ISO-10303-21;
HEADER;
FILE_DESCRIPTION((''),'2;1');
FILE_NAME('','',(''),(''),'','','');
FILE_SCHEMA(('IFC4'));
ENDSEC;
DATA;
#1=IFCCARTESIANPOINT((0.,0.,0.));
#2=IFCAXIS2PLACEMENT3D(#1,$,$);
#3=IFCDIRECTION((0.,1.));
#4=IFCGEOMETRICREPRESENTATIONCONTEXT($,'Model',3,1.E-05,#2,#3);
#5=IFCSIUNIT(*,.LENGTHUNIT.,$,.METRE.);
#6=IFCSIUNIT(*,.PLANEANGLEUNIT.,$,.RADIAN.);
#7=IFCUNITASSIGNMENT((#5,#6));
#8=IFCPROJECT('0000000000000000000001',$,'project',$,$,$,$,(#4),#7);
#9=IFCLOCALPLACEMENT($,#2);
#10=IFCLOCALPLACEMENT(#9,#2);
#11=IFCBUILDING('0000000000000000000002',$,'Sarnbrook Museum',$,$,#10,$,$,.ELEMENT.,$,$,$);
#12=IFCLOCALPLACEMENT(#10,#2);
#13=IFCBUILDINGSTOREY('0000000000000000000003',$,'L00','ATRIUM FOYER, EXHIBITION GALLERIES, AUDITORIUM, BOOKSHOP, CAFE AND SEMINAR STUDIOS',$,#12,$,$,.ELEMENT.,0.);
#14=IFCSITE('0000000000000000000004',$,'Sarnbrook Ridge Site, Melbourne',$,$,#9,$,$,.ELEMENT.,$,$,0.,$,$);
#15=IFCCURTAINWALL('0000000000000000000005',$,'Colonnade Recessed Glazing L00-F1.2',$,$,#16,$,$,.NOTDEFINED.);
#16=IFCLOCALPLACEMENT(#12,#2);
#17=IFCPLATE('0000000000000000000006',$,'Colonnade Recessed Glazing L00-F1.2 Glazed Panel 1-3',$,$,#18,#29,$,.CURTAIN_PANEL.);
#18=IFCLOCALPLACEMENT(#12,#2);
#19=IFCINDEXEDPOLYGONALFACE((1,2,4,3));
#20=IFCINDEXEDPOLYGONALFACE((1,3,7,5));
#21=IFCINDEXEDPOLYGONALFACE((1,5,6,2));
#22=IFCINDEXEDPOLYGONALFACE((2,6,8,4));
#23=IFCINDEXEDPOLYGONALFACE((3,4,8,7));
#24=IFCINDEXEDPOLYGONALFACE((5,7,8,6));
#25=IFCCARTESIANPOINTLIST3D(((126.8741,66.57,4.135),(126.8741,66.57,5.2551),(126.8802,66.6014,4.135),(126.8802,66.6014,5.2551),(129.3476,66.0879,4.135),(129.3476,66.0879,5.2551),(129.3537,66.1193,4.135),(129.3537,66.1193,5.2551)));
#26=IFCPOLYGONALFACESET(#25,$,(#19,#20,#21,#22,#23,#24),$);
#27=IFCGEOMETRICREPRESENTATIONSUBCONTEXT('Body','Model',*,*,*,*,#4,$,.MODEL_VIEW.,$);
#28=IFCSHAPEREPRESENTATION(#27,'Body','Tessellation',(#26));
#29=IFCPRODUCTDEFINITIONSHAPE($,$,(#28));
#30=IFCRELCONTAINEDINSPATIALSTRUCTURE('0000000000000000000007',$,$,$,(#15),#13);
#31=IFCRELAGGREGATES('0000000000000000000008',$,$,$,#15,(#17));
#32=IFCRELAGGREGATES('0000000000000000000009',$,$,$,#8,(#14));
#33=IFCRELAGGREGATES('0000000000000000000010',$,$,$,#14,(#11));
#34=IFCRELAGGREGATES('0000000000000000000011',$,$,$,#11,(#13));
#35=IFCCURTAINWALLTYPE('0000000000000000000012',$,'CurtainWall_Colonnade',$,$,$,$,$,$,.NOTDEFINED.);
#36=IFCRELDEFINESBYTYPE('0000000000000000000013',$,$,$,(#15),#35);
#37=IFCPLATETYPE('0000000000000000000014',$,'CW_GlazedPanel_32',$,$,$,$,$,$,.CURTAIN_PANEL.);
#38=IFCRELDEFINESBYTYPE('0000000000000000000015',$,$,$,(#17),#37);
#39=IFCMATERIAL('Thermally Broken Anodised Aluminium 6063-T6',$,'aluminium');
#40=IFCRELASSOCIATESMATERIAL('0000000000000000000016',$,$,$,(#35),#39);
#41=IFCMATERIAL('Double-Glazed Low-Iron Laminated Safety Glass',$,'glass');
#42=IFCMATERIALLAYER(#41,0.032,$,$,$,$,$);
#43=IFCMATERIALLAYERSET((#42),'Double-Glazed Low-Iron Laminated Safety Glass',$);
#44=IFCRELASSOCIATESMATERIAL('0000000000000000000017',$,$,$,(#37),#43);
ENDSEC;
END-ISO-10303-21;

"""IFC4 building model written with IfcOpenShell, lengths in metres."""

from ifc_helpers import new_model, si_unit, direction, frame, origin, origin_2d, place, context, subcontext, project, spatial, rectangle, extrude, material, layer, layer_set, type_object, element, aggregate, save


model = new_model("IFC4")

# Units and contexts
model_context = context("Model", 3, precision=1e-05, world=origin(), true_north=direction((0.0, 1.0)))
body_context = subcontext(model_context, "Body", "Model", "MODEL_VIEW")
ifc_project = project(units=[si_unit("LENGTHUNIT", "METRE"), si_unit("PLANEANGLEUNIT", "RADIAN")], contexts=[model_context])

# Site, building, storey
site_placement = place(None, origin())
site = spatial("IfcSite", under=ifc_project, at=site_placement, Name="Sarnbrook Ridge Site, Melbourne", CompositionType="ELEMENT", RefElevation=0.0)
building_placement = place(site_placement, origin())
building = spatial("IfcBuilding", under=site, at=building_placement, Name="Sarnbrook Museum", CompositionType="ELEMENT")
storey_placement = place(building_placement, origin())
storey = spatial("IfcBuildingStorey", under=building, at=storey_placement, Name="L00", Description="ATRIUM FOYER, EXHIBITION GALLERIES, AUDITORIUM, BOOKSHOP, CAFE AND SEMINAR STUDIOS", CompositionType="ELEMENT", Elevation=0.0)

# Curtain wall
ifc_material_1 = material(Name="Thermally Broken Anodised Aluminium 6063-T6", Category="aluminium")
curtain_wall_type = type_object("IfcCurtainWallType", Name="CurtainWall_Colonnade", PredefinedType="NOTDEFINED", material=ifc_material_1)
curtain_wall_1_placement = place(storey_placement, origin())
curtain_wall_1 = element("IfcCurtainWall", 1, at=curtain_wall_1_placement, inside=storey, type_object=curtain_wall_type, Name="Colonnade Recessed Glazing L00-F1.2", PredefinedType="NOTDEFINED")

# Plate
ifc_material_2 = material(Name="Double-Glazed Low-Iron Laminated Safety Glass", Category="glass")
ifc_layer = layer(ifc_material_2, 0.032)
ifc_layer_set = layer_set([ifc_layer], Name="Double-Glazed Low-Iron Laminated Safety Glass")
plate_type = type_object("IfcPlateType", Name="CW_GlazedPanel_32", PredefinedType="CURTAIN_PANEL", material=ifc_layer_set)
plate_1_placement = place(storey_placement, frame((128.1169, 66.3604, 4.6951), z_axis=(-0.191314, -0.981529, 0.0), x_axis=(0.981529, -0.191314, 0.0)))
plate_1 = element("IfcPlate", 2, at=plate_1_placement, type_object=plate_type, Name="Colonnade Recessed Glazing L00-F1.2 Glazed Panel 1-3", PredefinedType="CURTAIN_PANEL", context=body_context, shape_type="SweptSolid", body=[
    extrude(rectangle(XDim=2.52, YDim=1.1201, at=origin_2d()), origin(), (0.0, 0.0, 1.0), 0.032),
])
aggregate(curtain_wall_1, [plate_1])

save(model, "model.ifc")
